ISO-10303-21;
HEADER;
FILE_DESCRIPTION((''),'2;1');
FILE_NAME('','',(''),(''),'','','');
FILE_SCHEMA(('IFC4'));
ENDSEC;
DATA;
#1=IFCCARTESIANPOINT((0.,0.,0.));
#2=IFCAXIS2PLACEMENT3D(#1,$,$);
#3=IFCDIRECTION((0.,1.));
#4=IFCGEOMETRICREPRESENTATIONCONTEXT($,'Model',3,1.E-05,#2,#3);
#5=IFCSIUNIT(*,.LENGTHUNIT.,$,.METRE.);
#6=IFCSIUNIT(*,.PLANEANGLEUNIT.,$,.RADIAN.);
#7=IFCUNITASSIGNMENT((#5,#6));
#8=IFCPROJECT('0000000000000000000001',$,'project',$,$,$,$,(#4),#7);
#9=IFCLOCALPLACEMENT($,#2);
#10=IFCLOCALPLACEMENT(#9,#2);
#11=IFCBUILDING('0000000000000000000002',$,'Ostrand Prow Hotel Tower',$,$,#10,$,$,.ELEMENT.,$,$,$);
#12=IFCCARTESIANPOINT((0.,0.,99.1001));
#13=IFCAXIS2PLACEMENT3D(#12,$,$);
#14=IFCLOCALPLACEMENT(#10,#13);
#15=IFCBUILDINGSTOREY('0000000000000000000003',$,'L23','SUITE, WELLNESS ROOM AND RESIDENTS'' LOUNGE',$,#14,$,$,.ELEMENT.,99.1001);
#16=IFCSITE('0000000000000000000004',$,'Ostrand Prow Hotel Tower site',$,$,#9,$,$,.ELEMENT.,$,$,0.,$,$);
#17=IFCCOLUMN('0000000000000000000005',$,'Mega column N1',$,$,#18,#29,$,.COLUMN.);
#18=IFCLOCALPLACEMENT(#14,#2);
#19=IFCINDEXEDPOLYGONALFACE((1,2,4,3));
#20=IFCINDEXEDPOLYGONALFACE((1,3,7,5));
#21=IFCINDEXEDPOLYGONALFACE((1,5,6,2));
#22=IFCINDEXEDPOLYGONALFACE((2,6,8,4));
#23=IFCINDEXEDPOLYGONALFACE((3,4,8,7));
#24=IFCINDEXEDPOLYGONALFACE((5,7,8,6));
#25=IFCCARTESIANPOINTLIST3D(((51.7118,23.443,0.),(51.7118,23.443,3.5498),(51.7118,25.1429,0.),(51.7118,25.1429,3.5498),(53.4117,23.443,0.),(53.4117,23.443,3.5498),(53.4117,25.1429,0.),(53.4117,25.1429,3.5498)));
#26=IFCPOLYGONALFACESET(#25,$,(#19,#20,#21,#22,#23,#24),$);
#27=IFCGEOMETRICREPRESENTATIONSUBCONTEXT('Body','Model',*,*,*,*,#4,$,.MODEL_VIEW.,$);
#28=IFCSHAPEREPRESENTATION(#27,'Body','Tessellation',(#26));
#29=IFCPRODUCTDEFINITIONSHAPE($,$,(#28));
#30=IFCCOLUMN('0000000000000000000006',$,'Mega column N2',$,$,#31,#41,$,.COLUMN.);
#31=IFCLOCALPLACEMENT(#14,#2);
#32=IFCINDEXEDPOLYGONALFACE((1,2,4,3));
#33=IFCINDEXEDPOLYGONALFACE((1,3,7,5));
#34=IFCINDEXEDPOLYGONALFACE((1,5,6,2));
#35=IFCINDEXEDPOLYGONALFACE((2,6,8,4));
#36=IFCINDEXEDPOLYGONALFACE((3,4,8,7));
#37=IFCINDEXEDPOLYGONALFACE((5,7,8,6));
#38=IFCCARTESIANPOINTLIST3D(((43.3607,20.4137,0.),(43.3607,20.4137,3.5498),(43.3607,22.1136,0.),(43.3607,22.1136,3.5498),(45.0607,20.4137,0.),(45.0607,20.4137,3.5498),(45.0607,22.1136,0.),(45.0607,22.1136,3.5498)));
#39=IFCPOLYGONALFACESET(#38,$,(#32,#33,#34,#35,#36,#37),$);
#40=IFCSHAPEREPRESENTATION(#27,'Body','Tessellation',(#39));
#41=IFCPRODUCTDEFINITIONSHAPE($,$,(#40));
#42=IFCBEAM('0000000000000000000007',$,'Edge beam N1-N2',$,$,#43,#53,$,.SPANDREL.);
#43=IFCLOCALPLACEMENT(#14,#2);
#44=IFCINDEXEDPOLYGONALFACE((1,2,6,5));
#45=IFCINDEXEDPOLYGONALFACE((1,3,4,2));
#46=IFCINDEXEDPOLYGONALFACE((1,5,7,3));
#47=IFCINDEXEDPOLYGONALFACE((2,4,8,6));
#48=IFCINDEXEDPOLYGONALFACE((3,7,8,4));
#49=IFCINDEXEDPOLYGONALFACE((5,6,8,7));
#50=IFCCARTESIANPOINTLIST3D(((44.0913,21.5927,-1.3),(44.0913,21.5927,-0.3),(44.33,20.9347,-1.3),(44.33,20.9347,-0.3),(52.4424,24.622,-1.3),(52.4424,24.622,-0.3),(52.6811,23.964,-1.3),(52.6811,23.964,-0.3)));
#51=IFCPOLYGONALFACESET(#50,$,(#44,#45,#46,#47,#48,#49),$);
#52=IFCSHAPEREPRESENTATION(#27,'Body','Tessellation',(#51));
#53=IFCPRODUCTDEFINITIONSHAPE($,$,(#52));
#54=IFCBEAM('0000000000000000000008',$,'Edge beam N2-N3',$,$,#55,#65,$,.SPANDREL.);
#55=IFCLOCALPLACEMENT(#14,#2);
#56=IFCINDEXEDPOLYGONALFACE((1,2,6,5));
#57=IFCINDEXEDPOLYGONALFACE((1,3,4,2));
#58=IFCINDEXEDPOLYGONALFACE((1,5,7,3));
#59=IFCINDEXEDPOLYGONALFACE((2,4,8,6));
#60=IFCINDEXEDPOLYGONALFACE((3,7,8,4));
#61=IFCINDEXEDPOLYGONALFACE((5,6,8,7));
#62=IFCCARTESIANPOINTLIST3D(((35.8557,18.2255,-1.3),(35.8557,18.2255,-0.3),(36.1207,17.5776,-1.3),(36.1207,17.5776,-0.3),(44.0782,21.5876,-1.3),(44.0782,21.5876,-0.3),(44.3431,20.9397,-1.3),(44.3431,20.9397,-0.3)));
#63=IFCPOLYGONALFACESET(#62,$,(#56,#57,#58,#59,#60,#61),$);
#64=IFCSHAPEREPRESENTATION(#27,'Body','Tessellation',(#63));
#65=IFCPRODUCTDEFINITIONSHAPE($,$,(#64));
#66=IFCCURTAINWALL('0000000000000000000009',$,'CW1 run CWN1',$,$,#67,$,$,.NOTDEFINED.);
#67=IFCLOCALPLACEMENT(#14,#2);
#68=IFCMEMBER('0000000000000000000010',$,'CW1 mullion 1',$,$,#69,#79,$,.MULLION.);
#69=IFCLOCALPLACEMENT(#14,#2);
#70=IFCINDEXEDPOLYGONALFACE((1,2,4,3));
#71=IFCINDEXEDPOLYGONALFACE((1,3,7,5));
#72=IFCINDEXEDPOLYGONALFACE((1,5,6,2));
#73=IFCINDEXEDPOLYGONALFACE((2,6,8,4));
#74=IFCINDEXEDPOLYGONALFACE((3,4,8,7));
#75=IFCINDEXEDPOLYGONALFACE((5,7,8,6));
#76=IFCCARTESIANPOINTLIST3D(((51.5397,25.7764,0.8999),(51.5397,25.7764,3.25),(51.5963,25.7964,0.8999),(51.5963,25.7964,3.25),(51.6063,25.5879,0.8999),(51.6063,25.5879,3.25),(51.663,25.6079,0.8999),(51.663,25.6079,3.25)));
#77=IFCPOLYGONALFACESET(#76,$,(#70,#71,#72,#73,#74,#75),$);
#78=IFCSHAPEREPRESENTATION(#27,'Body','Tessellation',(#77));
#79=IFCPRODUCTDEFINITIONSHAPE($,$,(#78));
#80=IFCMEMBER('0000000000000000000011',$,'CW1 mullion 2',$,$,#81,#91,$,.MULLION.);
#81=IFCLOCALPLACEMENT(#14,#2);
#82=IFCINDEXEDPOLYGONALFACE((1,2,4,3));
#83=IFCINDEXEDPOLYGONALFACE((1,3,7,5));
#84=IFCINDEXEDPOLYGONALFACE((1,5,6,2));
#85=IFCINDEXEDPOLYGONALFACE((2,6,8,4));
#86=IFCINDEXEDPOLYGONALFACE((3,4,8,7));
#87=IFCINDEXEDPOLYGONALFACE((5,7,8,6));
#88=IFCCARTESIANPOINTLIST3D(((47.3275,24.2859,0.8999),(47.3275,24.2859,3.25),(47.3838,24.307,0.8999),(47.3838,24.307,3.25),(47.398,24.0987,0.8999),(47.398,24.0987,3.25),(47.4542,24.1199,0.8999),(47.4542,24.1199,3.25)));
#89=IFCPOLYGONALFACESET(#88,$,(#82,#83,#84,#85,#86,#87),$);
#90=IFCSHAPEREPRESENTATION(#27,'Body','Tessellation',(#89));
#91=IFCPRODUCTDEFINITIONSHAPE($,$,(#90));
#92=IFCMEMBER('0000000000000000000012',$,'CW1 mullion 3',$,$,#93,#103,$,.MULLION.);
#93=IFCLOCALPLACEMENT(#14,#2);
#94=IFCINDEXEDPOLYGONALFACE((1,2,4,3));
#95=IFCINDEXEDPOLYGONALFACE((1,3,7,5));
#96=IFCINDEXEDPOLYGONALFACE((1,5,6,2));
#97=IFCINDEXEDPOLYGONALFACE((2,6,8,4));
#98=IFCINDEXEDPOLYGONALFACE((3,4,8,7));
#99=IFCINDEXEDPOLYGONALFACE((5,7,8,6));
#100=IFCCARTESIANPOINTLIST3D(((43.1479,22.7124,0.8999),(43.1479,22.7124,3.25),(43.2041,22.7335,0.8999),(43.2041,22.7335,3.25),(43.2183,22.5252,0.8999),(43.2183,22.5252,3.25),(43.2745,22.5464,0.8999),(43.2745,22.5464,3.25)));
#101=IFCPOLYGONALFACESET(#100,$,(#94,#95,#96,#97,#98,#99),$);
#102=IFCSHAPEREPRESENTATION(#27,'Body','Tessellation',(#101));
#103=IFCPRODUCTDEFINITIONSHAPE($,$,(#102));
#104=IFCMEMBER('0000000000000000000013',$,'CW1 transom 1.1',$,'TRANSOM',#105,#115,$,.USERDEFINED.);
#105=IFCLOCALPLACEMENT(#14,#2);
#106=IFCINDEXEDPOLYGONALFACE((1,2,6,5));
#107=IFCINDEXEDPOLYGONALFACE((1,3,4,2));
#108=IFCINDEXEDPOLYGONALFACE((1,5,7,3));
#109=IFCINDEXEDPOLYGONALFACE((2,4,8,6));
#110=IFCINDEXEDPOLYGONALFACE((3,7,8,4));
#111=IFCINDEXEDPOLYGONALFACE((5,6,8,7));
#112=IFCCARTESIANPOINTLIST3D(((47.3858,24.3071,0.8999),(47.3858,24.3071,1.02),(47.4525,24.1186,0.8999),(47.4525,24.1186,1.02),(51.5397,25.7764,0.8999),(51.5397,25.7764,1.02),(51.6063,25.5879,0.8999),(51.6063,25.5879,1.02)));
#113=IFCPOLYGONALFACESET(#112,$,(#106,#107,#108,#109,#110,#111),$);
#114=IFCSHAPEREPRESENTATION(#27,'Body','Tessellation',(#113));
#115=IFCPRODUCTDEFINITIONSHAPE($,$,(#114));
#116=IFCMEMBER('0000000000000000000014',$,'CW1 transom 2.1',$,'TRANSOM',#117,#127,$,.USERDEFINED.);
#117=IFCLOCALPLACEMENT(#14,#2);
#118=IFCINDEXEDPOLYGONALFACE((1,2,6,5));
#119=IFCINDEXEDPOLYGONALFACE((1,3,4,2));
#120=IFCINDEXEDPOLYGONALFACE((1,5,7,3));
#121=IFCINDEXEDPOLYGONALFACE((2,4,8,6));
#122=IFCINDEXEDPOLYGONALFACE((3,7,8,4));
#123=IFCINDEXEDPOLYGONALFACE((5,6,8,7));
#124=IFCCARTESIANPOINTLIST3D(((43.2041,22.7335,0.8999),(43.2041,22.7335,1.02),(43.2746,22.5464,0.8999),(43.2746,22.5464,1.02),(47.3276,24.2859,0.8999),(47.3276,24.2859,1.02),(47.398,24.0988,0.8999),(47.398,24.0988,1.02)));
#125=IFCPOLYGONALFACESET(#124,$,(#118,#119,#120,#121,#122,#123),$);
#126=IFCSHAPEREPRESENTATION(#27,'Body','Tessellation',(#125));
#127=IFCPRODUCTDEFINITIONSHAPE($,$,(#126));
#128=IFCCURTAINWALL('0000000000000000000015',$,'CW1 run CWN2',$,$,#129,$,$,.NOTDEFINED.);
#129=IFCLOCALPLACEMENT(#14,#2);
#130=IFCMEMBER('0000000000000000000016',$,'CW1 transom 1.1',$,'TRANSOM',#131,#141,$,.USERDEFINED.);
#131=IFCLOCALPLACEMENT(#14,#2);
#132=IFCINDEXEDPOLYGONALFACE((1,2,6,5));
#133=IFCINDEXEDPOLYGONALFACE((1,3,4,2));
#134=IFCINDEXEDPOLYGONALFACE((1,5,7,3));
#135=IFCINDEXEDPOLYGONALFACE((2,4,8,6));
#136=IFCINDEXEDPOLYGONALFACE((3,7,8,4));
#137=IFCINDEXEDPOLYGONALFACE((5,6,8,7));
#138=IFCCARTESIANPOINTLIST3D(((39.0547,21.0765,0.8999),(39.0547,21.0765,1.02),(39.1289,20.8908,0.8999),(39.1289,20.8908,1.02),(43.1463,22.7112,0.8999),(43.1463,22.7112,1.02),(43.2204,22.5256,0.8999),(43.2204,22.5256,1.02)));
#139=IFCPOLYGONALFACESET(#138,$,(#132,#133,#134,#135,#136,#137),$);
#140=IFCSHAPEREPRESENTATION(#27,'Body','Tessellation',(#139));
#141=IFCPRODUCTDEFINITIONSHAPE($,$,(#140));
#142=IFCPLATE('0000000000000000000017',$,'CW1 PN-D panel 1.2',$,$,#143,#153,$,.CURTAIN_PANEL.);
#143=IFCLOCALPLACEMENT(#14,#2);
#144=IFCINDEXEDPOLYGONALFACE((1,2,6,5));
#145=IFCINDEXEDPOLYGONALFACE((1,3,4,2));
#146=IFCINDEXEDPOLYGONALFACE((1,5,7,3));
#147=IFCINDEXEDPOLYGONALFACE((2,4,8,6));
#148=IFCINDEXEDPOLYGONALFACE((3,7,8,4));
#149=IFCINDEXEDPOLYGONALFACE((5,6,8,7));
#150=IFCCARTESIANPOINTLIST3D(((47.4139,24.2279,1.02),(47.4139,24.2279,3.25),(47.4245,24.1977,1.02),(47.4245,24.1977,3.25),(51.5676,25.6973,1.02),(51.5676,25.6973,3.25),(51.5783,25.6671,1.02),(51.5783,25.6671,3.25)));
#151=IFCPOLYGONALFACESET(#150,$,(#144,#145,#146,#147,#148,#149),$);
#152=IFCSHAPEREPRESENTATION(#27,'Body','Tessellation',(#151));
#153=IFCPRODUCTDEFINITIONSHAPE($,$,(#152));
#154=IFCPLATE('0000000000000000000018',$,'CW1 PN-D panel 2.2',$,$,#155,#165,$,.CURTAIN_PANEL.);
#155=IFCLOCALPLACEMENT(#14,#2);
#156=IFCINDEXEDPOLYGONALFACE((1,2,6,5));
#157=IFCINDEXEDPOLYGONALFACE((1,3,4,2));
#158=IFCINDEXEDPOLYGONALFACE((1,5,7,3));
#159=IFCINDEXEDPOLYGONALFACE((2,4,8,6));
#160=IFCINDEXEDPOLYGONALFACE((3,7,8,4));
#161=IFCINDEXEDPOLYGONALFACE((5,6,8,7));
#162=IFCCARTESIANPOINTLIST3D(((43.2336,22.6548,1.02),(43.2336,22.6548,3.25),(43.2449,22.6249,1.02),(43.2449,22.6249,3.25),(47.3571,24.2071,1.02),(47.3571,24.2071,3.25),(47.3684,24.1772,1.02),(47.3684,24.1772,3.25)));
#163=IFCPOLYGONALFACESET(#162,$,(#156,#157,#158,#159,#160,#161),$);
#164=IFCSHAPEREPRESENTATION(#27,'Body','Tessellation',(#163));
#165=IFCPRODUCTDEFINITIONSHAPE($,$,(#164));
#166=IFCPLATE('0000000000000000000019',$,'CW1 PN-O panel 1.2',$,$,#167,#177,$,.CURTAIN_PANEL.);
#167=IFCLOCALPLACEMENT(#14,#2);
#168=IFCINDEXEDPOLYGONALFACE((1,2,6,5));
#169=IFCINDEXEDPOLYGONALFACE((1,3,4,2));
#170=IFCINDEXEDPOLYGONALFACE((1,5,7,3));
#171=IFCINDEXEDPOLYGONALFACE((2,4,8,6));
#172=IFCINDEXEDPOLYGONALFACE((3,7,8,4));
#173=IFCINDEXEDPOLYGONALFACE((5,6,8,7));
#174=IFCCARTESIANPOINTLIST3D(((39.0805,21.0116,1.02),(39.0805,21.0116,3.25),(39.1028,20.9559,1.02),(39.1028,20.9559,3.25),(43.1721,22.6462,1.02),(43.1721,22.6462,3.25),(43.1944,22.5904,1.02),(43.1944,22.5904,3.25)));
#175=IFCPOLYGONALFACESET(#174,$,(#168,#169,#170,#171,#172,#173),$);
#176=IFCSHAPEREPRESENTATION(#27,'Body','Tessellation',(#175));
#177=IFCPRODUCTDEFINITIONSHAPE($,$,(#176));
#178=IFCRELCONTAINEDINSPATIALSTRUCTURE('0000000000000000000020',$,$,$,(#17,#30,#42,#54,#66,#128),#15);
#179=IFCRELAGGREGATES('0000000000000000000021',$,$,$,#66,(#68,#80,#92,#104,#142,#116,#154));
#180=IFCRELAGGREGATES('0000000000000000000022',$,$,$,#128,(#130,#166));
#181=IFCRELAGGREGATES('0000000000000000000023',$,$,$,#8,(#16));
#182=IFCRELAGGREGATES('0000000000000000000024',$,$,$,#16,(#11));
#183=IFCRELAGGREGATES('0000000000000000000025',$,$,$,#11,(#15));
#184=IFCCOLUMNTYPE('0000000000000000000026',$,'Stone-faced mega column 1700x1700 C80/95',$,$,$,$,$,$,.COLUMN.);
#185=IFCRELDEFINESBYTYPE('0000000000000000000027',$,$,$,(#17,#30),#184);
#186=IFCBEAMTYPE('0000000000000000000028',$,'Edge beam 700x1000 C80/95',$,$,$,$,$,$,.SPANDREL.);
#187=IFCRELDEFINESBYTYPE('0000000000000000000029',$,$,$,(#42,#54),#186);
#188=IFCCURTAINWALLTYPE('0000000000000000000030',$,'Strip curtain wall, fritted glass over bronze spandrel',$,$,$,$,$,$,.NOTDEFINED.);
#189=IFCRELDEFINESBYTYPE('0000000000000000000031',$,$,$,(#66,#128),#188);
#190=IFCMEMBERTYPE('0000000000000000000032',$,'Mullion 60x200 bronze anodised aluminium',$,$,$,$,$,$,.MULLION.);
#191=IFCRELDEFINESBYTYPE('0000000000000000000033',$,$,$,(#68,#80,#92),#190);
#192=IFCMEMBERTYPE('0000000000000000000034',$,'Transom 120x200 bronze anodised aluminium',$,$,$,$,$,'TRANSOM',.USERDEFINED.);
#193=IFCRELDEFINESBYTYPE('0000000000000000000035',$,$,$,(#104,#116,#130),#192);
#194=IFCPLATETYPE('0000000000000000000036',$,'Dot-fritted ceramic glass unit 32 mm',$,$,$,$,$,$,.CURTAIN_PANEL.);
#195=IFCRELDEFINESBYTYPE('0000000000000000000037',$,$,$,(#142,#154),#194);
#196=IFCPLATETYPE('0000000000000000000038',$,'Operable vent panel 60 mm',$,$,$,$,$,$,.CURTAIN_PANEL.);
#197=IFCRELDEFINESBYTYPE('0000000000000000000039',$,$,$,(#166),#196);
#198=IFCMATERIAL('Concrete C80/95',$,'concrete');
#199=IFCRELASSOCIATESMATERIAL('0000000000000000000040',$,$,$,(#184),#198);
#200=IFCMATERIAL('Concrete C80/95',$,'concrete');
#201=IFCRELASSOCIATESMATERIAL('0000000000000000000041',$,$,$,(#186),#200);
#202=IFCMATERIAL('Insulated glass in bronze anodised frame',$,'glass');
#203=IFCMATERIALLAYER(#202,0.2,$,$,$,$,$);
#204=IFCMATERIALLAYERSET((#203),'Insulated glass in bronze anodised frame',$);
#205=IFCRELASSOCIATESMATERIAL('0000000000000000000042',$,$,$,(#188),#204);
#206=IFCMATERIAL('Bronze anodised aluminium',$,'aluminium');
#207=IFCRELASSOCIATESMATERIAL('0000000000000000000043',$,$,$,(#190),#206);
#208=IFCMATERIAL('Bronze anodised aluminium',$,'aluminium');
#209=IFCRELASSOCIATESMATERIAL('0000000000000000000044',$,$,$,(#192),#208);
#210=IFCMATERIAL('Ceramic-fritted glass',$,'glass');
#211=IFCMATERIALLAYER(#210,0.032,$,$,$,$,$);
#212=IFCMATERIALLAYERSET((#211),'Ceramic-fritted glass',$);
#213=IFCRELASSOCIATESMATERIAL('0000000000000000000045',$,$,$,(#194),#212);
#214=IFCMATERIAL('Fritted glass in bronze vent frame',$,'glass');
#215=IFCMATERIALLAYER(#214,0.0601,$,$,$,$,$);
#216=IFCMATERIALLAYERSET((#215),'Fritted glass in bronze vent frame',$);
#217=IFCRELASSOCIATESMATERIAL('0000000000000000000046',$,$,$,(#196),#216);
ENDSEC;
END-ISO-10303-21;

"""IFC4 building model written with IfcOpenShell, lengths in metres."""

from ifc_helpers import new_model, si_unit, direction, frame, origin, origin_2d, place, context, subcontext, project, spatial, rectangle, extrude, material, layer, layer_set, material_profile, profile_set, type_object, element, aggregate, save


model = new_model("IFC4")

# Units and contexts
model_context = context("Model", 3, precision=1e-05, world=origin(), true_north=direction((0.0, 1.0)))
body_context = subcontext(model_context, "Body", "Model", "MODEL_VIEW")
ifc_project = project(units=[si_unit("LENGTHUNIT", "METRE"), si_unit("PLANEANGLEUNIT", "RADIAN")], contexts=[model_context])

# Site, building, storey
site_placement = place(None, origin())
site = spatial("IfcSite", under=ifc_project, at=site_placement, Name="Ostrand Prow Hotel Tower site", CompositionType="ELEMENT", RefElevation=0.0)
building_placement = place(site_placement, origin())
building = spatial("IfcBuilding", under=site, at=building_placement, Name="Ostrand Prow Hotel Tower", CompositionType="ELEMENT")
storey_placement = place(building_placement, frame((0.0, 0.0, 99.1001)))
storey = spatial("IfcBuildingStorey", under=building, at=storey_placement, Name="L23", Description="SUITE, WELLNESS ROOM AND RESIDENTS' LOUNGE", CompositionType="ELEMENT", Elevation=99.1001)

# Columns
ifc_material_1 = material(Name="Concrete C80/95", Category="concrete")
ifc_material_profile_1 = material_profile(ifc_material_1, rectangle(XDim=1.7, YDim=1.7, at=origin_2d()), Name="RC 1700x1700")
ifc_profile_set_1 = profile_set([ifc_material_profile_1], Name="Concrete C80/95")
column_type = type_object("IfcColumnType", Name="Stone-faced mega column 1700x1700 C80/95", PredefinedType="COLUMN", material=ifc_profile_set_1)
for number, where, z_axis, x_axis, name in (
    (1, (52.5618, 24.293, 0.0), (0.0, 0.0, 1.0), (1.0, 0.0, 0.0), "Mega column N1"),
    (2, (44.2107, 21.2637, 0.0), (0.0, 0.0, 1.0), (1.0, 0.0, 0.0), "Mega column N2"),
):
    element("IfcColumn", number, at=place(storey_placement, frame(where, z_axis=z_axis, x_axis=x_axis)), inside=storey, type_object=column_type, Name=name, PredefinedType="COLUMN", context=body_context, shape_type="SweptSolid", body=[
        extrude(rectangle(XDim=1.7, YDim=1.7, at=origin_2d()), origin(), (0.0, 0.0, 1.0), 3.5498),
    ])

# Beams
ifc_material_2 = material(Name="Concrete C80/95", Category="concrete")
ifc_material_profile_2 = material_profile(ifc_material_2, rectangle(XDim=0.7, YDim=1.0, at=origin_2d()), Name="RC 700x1000")
ifc_profile_set_2 = profile_set([ifc_material_profile_2], Name="Concrete C80/95")
beam_type = type_object("IfcBeamType", Name="Edge beam 700x1000 C80/95", PredefinedType="SPANDREL", material=ifc_profile_set_2)
beam_1_placement = place(storey_placement, frame((52.5618, 24.293, -0.8), z_axis=(-0.940063, -0.341002, 0.0), x_axis=(0.341002, -0.940063, 0.0)))
element("IfcBeam", 3, at=beam_1_placement, inside=storey, type_object=beam_type, Name="Edge beam N1-N2", PredefinedType="SPANDREL", context=body_context, shape_type="SweptSolid", body=[
    extrude(rectangle(XDim=0.7, YDim=1.0, at=origin_2d()), origin(), (0.0, 0.0, 1.0), 8.8835),
])
beam_2_placement = place(storey_placement, frame((44.2107, 21.2637, -0.8), z_axis=(-0.925612, -0.378473, 0.0), x_axis=(0.378473, -0.925612, 0.0)))
element("IfcBeam", 4, at=beam_2_placement, inside=storey, type_object=beam_type, Name="Edge beam N2-N3", PredefinedType="SPANDREL", context=body_context, shape_type="SweptSolid", body=[
    extrude(rectangle(XDim=0.7, YDim=1.0, at=origin_2d()), origin(), (0.0, 0.0, 1.0), 8.8833),
])

# Curtain wall, members
ifc_material_3 = material(Name="Insulated glass in bronze anodised frame", Category="glass")
ifc_layer_1 = layer(ifc_material_3, 0.2)
ifc_layer_set_1 = layer_set([ifc_layer_1], Name="Insulated glass in bronze anodised frame")
curtain_wall_type = type_object("IfcCurtainWallType", Name="Strip curtain wall, fritted glass over bronze spandrel", PredefinedType="NOTDEFINED", material=ifc_layer_set_1)
curtain_wall_1_placement = place(storey_placement, origin())
curtain_wall_1 = element("IfcCurtainWall", 5, at=curtain_wall_1_placement, inside=storey, type_object=curtain_wall_type, Name="CW1 run CWN1", PredefinedType="NOTDEFINED")
ifc_material_4 = material(Name="Bronze anodised aluminium", Category="aluminium")
ifc_material_profile_3 = material_profile(ifc_material_4, rectangle(XDim=0.2, YDim=0.0601, at=origin_2d()), Name="Mullion 60x200 bronze anodised aluminium")
ifc_profile_set_3 = profile_set([ifc_material_profile_3], Name="Bronze anodised aluminium")
member_type_1 = type_object("IfcMemberType", Name="Mullion 60x200 bronze anodised aluminium", PredefinedType="MULLION", material=ifc_profile_set_3)
member_1_placement = place(storey_placement, frame((51.6013, 25.6921, 0.8999), z_axis=(0.0, 0.0, 1.0), x_axis=(0.333496, -0.942752, 0.0)))
member_1 = element("IfcMember", 6, at=member_1_placement, type_object=member_type_1, Name="CW1 mullion 1", PredefinedType="MULLION", context=body_context, shape_type="SweptSolid", body=[
    extrude(rectangle(XDim=0.2, YDim=0.0601, at=origin_2d()), origin(), (0.0, 0.0, 1.0), 2.3501),
])
member_2_placement = place(storey_placement, frame((47.3909, 24.2029, 0.8999), z_axis=(0.0, 0.0, 1.0), x_axis=(0.352309, -0.935884, 0.0)))
member_2 = element("IfcMember", 7, at=member_2_placement, type_object=member_type_1, Name="CW1 mullion 2", PredefinedType="MULLION", context=body_context, shape_type="SweptSolid", body=[
    extrude(rectangle(XDim=0.2, YDim=0.0601, at=origin_2d()), origin(), (0.0, 0.0, 1.0), 2.3501),
])
member_3_placement = place(storey_placement, frame((43.2112, 22.6294, 0.8999), z_axis=(0.0, 0.0, 1.0), x_axis=(0.352309, -0.935884, 0.0)))
member_3 = element("IfcMember", 8, at=member_3_placement, type_object=member_type_1, Name="CW1 mullion 3", PredefinedType="MULLION", context=body_context, shape_type="SweptSolid", body=[
    extrude(rectangle(XDim=0.2, YDim=0.0601, at=origin_2d()), origin(), (0.0, 0.0, 1.0), 2.3501),
])
ifc_material_5 = material(Name="Bronze anodised aluminium", Category="aluminium")
ifc_material_profile_4 = material_profile(ifc_material_5, rectangle(XDim=0.2, YDim=0.1201, at=origin_2d()), Name="Transom 120x200 bronze anodised aluminium")
ifc_profile_set_4 = profile_set([ifc_material_profile_4], Name="Bronze anodised aluminium")
member_type_2 = type_object("IfcMemberType", Name="Transom 120x200 bronze anodised aluminium", ElementType="TRANSOM", PredefinedType="USERDEFINED", material=ifc_profile_set_4)
member_4_placement = place(storey_placement, frame((51.573, 25.6821, 0.96), z_axis=(-0.942763, -0.333463, 0.0), x_axis=(0.333463, -0.942763, 0.0)))
member_4 = element("IfcMember", 9, at=member_4_placement, type_object=member_type_2, Name="CW1 transom 1.1", ObjectType="TRANSOM", PredefinedType="USERDEFINED", context=body_context, shape_type="SweptSolid", body=[
    extrude(rectangle(XDim=0.2, YDim=0.1201, at=origin_2d()), origin(), (0.0, 0.0, 1.0), 4.406),
])
member_5_placement = place(storey_placement, frame((47.3628, 24.1924, 0.96), z_axis=(-0.935868, -0.35235, 0.0), x_axis=(0.35235, -0.935868, 0.0)))
member_5 = element("IfcMember", 10, at=member_5_placement, type_object=member_type_2, Name="CW1 transom 2.1", ObjectType="TRANSOM", PredefinedType="USERDEFINED", context=body_context, shape_type="SweptSolid", body=[
    extrude(rectangle(XDim=0.2, YDim=0.1201, at=origin_2d()), origin(), (0.0, 0.0, 1.0), 4.406),
])

# Curtain wall, member
curtain_wall_2_placement = place(storey_placement, origin())
curtain_wall_2 = element("IfcCurtainWall", 11, at=curtain_wall_2_placement, inside=storey, type_object=curtain_wall_type, Name="CW1 run CWN2", PredefinedType="NOTDEFINED")
member_6_placement = place(storey_placement, frame((43.1833, 22.6184, 0.96), z_axis=(-0.928622, -0.371028, 0.0), x_axis=(0.371028, -0.928622, 0.0)))
member_6 = element("IfcMember", 12, at=member_6_placement, type_object=member_type_2, Name="CW1 transom 1.1", ObjectType="TRANSOM", PredefinedType="USERDEFINED", context=body_context, shape_type="SweptSolid", body=[
    extrude(rectangle(XDim=0.2, YDim=0.1201, at=origin_2d()), origin(), (0.0, 0.0, 1.0), 4.406),
])

# Plates
ifc_material_6 = material(Name="Ceramic-fritted glass", Category="glass")
ifc_layer_2 = layer(ifc_material_6, 0.032)
ifc_layer_set_2 = layer_set([ifc_layer_2], Name="Ceramic-fritted glass")
plate_type_1 = type_object("IfcPlateType", Name="Dot-fritted ceramic glass unit 32 mm", PredefinedType="CURTAIN_PANEL", material=ifc_layer_set_2)
plate_1_placement = place(storey_placement, frame((49.4961, 24.9475, 1.02), z_axis=(0.0, 0.0, 1.0), x_axis=(-0.942752, -0.333496, 0.0)))
plate_1 = element("IfcPlate", 13, at=plate_1_placement, type_object=plate_type_1, Name="CW1 PN-D panel 1.2", PredefinedType="CURTAIN_PANEL", context=body_context, shape_type="SweptSolid", body=[
    extrude(rectangle(XDim=4.406, YDim=0.032, at=origin_2d()), origin(), (0.0, 0.0, 1.0), 2.23),
])
plate_2_placement = place(storey_placement, frame((45.301, 23.416, 1.02), z_axis=(0.0, 0.0, 1.0), x_axis=(-0.935884, -0.352309, 0.0)))
plate_2 = element("IfcPlate", 14, at=plate_2_placement, type_object=plate_type_1, Name="CW1 PN-D panel 2.2", PredefinedType="CURTAIN_PANEL", context=body_context, shape_type="SweptSolid", body=[
    extrude(rectangle(XDim=4.406, YDim=0.032, at=origin_2d()), origin(), (0.0, 0.0, 1.0), 2.23),
])
aggregate(curtain_wall_1, [member_1, member_2, member_3, member_4, plate_1, member_5, plate_2])
ifc_material_7 = material(Name="Fritted glass in bronze vent frame", Category="glass")
ifc_layer_3 = layer(ifc_material_7, 0.0601)
ifc_layer_set_3 = layer_set([ifc_layer_3], Name="Fritted glass in bronze vent frame")
plate_type_2 = type_object("IfcPlateType", Name="Operable vent panel 60 mm", PredefinedType="CURTAIN_PANEL", material=ifc_layer_set_3)
plate_3_placement = place(storey_placement, frame((41.1375, 21.801, 1.02), z_axis=(0.0, 0.0, 1.0), x_axis=(-0.92864, -0.370982, 0.0)))
plate_3 = element("IfcPlate", 15, at=plate_3_placement, type_object=plate_type_2, Name="CW1 PN-O panel 1.2", PredefinedType="CURTAIN_PANEL", context=body_context, shape_type="SweptSolid", body=[
    extrude(rectangle(XDim=4.406, YDim=0.0601, at=origin_2d()), origin(), (0.0, 0.0, 1.0), 2.23),
])
aggregate(curtain_wall_2, [member_6, plate_3])

save(model, "model.ifc")
